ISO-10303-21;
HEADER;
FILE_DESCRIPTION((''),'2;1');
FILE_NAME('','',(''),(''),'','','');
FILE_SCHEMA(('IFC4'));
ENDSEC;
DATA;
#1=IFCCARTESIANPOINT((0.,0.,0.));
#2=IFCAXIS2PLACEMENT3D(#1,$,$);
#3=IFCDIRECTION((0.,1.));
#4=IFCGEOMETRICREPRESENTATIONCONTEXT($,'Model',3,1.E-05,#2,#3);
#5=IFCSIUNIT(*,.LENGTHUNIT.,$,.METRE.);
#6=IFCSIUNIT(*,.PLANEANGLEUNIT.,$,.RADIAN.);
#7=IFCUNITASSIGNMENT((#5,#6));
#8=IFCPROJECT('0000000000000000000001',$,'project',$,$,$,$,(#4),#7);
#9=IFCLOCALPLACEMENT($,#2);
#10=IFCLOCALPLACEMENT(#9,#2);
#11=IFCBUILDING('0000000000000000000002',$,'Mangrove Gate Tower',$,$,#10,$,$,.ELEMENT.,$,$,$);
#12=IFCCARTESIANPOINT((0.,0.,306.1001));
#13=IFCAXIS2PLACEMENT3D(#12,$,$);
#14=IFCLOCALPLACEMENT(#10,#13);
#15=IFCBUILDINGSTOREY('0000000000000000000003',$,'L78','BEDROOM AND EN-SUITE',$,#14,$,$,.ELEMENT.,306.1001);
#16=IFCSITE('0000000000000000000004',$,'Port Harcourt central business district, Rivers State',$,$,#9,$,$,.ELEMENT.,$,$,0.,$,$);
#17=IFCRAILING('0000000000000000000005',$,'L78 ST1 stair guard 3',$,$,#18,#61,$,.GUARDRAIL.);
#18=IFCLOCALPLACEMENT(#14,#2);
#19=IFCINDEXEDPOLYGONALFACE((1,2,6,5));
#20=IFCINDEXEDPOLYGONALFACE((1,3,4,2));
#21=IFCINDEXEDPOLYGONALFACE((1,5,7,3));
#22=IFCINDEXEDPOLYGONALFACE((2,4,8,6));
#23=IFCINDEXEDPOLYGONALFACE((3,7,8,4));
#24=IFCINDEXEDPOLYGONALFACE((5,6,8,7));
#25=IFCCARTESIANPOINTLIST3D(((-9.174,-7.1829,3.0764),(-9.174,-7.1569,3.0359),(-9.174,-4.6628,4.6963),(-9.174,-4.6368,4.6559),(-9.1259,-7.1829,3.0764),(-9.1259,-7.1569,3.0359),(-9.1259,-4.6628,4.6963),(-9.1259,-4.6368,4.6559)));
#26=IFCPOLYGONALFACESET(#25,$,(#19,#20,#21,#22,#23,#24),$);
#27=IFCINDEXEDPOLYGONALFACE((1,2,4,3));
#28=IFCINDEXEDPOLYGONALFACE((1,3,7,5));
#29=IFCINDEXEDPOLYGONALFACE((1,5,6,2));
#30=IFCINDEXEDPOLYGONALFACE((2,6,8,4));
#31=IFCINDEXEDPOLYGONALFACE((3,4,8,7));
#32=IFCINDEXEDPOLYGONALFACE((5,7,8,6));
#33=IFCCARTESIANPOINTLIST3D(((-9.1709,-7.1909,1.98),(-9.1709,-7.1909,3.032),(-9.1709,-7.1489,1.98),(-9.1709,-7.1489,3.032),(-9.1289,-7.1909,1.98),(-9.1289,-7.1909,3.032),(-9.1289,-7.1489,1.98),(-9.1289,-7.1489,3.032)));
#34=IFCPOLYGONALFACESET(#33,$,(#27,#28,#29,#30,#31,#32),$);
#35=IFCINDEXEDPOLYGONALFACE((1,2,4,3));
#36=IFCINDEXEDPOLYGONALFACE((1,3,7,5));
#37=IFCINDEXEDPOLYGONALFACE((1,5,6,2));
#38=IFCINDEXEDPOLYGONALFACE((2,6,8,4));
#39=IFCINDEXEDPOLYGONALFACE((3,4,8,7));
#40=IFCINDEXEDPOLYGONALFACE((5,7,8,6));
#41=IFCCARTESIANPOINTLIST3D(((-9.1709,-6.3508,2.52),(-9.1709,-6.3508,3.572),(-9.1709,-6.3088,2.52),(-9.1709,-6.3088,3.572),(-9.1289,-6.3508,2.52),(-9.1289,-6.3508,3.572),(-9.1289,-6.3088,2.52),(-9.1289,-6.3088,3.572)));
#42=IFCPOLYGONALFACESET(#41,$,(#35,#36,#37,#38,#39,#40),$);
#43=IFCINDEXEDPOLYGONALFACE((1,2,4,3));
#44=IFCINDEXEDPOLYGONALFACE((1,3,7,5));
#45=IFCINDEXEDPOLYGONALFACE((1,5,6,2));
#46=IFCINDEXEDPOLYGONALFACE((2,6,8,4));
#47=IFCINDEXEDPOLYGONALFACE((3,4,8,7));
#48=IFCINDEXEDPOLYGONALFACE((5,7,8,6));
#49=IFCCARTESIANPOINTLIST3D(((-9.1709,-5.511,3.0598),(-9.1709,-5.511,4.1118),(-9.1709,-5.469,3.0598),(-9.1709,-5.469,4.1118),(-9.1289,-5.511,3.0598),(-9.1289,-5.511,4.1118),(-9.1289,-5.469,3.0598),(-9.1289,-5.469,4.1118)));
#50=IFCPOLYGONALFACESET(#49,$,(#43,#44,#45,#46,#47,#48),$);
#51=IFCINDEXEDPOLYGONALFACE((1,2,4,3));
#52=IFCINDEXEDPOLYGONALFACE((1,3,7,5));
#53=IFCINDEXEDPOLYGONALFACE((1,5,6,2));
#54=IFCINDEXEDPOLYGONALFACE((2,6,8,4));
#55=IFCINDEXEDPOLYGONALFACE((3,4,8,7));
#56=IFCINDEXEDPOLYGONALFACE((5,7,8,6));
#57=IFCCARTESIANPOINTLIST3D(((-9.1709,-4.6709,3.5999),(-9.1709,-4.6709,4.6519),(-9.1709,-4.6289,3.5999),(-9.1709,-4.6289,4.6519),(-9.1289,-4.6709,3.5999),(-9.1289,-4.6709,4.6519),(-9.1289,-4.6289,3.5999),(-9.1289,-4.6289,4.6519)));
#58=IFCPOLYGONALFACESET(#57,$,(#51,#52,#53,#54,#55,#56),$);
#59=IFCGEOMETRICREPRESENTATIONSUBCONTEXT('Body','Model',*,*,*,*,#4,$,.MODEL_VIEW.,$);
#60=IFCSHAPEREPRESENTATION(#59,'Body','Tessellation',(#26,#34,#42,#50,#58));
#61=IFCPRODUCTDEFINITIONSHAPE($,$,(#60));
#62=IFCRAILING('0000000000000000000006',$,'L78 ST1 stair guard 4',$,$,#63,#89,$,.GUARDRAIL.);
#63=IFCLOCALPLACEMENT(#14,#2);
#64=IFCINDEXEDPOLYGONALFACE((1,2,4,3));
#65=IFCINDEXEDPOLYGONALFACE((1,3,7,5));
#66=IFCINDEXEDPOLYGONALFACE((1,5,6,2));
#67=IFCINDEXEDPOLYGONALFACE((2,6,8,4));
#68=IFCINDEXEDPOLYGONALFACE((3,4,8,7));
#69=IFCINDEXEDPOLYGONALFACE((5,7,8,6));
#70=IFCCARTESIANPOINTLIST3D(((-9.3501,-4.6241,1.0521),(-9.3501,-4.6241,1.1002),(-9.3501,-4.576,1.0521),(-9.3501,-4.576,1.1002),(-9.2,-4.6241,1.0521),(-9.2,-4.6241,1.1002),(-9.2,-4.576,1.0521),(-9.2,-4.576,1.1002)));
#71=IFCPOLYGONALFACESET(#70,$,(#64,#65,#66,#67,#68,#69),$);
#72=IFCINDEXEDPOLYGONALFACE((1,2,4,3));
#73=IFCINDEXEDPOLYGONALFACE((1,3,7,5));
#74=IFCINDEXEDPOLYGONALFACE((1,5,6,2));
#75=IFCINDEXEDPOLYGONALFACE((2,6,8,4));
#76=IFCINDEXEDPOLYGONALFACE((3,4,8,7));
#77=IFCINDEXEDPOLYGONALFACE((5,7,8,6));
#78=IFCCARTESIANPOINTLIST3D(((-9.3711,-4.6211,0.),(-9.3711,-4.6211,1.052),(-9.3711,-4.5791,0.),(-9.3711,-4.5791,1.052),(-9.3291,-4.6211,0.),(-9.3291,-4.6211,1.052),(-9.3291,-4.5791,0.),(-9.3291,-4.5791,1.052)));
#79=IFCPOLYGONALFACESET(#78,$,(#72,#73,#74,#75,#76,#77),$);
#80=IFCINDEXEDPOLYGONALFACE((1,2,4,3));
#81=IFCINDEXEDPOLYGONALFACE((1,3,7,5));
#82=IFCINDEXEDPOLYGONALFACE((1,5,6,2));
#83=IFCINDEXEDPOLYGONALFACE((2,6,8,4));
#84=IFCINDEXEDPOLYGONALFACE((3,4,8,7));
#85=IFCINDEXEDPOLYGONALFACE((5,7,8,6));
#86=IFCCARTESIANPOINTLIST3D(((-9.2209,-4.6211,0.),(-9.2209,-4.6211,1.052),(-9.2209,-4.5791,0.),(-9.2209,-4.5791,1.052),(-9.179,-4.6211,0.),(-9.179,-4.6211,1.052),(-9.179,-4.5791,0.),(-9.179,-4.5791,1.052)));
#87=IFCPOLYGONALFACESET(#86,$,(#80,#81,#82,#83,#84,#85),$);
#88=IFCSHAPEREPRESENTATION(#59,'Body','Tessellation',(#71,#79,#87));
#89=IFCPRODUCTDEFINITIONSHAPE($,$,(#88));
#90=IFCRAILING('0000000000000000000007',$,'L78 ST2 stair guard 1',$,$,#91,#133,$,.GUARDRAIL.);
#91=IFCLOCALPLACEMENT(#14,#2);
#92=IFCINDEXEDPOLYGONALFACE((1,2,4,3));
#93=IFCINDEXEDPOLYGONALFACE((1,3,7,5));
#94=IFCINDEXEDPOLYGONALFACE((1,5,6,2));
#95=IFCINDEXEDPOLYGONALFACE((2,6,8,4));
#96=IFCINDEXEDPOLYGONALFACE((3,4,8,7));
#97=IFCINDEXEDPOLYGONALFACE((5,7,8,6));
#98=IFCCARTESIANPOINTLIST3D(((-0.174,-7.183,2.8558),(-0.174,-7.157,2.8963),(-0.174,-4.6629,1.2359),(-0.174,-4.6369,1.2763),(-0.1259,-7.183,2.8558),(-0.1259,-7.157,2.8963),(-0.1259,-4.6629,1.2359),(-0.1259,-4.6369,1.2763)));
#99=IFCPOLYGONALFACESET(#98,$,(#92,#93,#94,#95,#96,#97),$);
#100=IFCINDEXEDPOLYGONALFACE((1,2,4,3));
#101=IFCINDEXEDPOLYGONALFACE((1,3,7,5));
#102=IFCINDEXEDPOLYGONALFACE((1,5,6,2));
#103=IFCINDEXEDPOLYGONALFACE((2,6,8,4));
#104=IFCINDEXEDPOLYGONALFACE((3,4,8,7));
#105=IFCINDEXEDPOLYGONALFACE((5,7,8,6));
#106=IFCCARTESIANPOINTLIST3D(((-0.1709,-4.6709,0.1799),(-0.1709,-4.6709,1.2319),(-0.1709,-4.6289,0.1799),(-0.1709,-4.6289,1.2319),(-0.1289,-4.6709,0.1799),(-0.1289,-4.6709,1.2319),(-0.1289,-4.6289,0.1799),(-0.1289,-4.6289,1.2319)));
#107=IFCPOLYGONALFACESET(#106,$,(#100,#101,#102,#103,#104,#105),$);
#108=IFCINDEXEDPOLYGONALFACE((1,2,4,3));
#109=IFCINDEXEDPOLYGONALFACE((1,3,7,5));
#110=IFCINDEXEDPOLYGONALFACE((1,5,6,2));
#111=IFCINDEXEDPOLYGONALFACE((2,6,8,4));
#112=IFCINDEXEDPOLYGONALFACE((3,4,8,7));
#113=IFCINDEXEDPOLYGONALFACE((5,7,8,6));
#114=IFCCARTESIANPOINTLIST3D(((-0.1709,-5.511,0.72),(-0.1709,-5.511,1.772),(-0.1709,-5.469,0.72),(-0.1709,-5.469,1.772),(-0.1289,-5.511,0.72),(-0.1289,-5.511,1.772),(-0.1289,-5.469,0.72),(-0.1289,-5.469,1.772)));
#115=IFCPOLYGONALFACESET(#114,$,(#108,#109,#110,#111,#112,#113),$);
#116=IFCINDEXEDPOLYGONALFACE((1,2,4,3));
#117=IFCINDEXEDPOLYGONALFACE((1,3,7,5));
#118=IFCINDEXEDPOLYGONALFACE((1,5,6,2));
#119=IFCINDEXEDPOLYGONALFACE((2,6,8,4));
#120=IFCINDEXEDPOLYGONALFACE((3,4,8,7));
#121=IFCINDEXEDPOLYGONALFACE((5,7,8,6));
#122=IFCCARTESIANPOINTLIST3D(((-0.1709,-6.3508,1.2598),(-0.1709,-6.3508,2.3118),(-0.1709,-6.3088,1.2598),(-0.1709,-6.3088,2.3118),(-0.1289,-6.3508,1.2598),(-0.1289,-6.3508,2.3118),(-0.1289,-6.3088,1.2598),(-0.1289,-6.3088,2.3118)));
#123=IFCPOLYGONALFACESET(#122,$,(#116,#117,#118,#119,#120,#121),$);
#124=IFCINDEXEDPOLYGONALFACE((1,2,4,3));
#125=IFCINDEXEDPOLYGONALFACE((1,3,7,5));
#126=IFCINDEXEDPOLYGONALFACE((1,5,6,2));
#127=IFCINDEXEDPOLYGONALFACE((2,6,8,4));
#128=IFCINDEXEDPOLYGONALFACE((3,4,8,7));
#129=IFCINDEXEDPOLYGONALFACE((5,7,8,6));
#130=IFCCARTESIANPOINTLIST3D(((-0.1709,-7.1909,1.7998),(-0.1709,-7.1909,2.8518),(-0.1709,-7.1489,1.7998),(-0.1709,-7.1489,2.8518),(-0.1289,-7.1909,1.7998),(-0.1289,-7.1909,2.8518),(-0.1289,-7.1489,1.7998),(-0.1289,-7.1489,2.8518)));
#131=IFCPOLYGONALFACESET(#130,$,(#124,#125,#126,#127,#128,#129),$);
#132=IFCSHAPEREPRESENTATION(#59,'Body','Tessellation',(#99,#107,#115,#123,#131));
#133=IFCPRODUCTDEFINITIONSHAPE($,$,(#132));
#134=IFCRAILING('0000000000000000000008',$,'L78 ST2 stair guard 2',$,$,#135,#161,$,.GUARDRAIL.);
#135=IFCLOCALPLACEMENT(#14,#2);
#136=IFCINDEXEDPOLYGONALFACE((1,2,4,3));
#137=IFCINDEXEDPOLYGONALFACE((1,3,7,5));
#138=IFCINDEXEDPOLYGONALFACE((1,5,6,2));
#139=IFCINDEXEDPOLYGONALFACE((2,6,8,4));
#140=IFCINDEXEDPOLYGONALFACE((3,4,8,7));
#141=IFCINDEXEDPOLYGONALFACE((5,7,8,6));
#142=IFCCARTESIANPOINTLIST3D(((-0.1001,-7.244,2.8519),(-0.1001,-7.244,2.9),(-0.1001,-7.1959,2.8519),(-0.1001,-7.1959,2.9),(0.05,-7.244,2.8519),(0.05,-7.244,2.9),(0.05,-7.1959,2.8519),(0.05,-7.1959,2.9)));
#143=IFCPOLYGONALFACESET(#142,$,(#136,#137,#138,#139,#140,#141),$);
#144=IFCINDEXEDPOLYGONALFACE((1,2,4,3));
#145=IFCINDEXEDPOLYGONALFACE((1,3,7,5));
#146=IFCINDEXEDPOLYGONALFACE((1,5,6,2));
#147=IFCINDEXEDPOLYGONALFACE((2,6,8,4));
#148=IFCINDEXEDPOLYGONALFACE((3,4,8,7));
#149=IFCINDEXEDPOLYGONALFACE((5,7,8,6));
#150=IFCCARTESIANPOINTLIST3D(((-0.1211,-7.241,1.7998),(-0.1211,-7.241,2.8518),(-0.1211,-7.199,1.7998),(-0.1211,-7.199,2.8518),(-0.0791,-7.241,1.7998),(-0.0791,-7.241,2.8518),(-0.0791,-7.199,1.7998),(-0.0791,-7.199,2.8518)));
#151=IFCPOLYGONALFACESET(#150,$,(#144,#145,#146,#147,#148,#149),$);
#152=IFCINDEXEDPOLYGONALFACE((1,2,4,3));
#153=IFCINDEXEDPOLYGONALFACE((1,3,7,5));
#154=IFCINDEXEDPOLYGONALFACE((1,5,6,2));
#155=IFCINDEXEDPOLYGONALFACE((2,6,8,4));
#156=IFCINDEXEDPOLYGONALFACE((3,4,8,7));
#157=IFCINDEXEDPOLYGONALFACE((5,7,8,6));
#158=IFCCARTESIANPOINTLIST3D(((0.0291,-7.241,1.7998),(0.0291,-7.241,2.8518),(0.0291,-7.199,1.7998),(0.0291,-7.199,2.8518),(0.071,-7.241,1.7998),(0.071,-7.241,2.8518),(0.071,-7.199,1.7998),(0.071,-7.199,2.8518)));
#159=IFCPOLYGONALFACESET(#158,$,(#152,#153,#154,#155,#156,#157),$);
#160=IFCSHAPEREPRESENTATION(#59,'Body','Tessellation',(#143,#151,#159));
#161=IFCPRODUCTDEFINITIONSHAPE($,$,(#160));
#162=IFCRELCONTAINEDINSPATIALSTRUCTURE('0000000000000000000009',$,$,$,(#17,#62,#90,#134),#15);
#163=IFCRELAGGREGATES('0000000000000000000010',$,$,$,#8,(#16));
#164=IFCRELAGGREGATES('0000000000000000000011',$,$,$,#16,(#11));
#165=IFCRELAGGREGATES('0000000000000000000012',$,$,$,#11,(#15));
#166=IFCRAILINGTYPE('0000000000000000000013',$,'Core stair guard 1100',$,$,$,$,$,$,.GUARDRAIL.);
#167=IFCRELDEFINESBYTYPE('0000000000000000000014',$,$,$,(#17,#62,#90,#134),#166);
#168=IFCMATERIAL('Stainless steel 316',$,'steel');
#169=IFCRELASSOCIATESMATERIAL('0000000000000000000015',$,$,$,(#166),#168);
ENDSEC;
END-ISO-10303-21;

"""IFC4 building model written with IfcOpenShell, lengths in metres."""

from ifc_helpers import new_model, si_unit, direction, frame, origin, origin_2d, place, context, subcontext, project, spatial, rectangle, extrude, material, type_object, element, save


model = new_model("IFC4")

# Units and contexts
model_context = context("Model", 3, precision=1e-05, world=origin(), true_north=direction((0.0, 1.0)))
body_context = subcontext(model_context, "Body", "Model", "MODEL_VIEW")
ifc_project = project(units=[si_unit("LENGTHUNIT", "METRE"), si_unit("PLANEANGLEUNIT", "RADIAN")], contexts=[model_context])

# Site, building, storey
site_placement = place(None, origin())
site = spatial("IfcSite", under=ifc_project, at=site_placement, Name="Port Harcourt central business district, Rivers State", CompositionType="ELEMENT", RefElevation=0.0)
building_placement = place(site_placement, origin())
building = spatial("IfcBuilding", under=site, at=building_placement, Name="Mangrove Gate Tower", CompositionType="ELEMENT")
storey_placement = place(building_placement, frame((0.0, 0.0, 306.1001)))
storey = spatial("IfcBuildingStorey", under=building, at=storey_placement, Name="L78", Description="BEDROOM AND EN-SUITE", CompositionType="ELEMENT", Elevation=306.1001)

# Railings
ifc_material_1 = material(Name="Stainless steel 316", Category="steel")
railing_type_1 = type_object("IfcRailingType", Name="Core stair guard 1100", PredefinedType="GUARDRAIL", material=ifc_material_1)
railing_1_placement = place(storey_placement, frame((-9.1499, -7.1699, 1.98)))
element("IfcRailing", 1, at=railing_1_placement, inside=storey, type_object=railing_type_1, Name="L78 ST1 stair guard 3", PredefinedType="GUARDRAIL", context=body_context, shape_type="SweptSolid", body=[
    extrude(rectangle(XDim=0.0481, YDim=0.0481, at=origin_2d()), frame((0.0, 0.0, 1.0762), z_axis=(0.0, 0.8412, 0.540725), x_axis=(-1.0, 0.0, 0.0)), (0.0, 0.0, 1.0), 2.9958),
    extrude(rectangle(XDim=0.042, YDim=0.042, at=origin_2d()), origin(), (0.0, 0.0, 1.0), 1.052),
    extrude(rectangle(XDim=0.042, YDim=0.042, at=origin_2d()), frame((0.0, 0.8401, 0.54)), (0.0, 0.0, 1.0), 1.052),
    extrude(rectangle(XDim=0.042, YDim=0.042, at=origin_2d()), frame((0.0, 1.6799, 1.0798)), (0.0, 0.0, 1.0), 1.052),
    extrude(rectangle(XDim=0.042, YDim=0.042, at=origin_2d()), frame((0.0, 2.52, 1.6199)), (0.0, 0.0, 1.0), 1.052),
])
railing_2_placement = place(storey_placement, frame((-9.3501, -4.6001, 0.0)))
element("IfcRailing", 2, at=railing_2_placement, inside=storey, type_object=railing_type_1, Name="L78 ST1 stair guard 4", PredefinedType="GUARDRAIL", context=body_context, shape_type="SweptSolid", body=[
    extrude(rectangle(XDim=0.0481, YDim=0.0481, at=origin_2d()), frame((0.0, 0.0, 1.0762), z_axis=(1.0, 0.0, 0.0), x_axis=(0.0, 1.0, 0.0)), (0.0, 0.0, 1.0), 0.1501),
    extrude(rectangle(XDim=0.042, YDim=0.042, at=origin_2d()), origin(), (0.0, 0.0, 1.0), 1.052),
    extrude(rectangle(XDim=0.042, YDim=0.042, at=origin_2d()), frame((0.1501, 0.0, 0.0)), (0.0, 0.0, 1.0), 1.052),
])
railing_3_placement = place(storey_placement, frame((-0.1499, -4.6499, 0.1799)))
element("IfcRailing", 3, at=railing_3_placement, inside=storey, type_object=railing_type_1, Name="L78 ST2 stair guard 1", PredefinedType="GUARDRAIL", context=body_context, shape_type="SweptSolid", body=[
    extrude(rectangle(XDim=0.0481, YDim=0.0481, at=origin_2d()), frame((0.0, 0.0, 1.0762), z_axis=(0.0, -0.8412, 0.540725), x_axis=(1.0, 0.0, 0.0)), (0.0, 0.0, 1.0), 2.9958),
    extrude(rectangle(XDim=0.042, YDim=0.042, at=origin_2d()), origin(), (0.0, 0.0, 1.0), 1.052),
    extrude(rectangle(XDim=0.042, YDim=0.042, at=origin_2d()), frame((0.0, -0.8401, 0.54)), (0.0, 0.0, 1.0), 1.052),
    extrude(rectangle(XDim=0.042, YDim=0.042, at=origin_2d()), frame((0.0, -1.6799, 1.0798)), (0.0, 0.0, 1.0), 1.052),
    extrude(rectangle(XDim=0.042, YDim=0.042, at=origin_2d()), frame((0.0, -2.52, 1.6199)), (0.0, 0.0, 1.0), 1.052),
])
railing_4_placement = place(storey_placement, frame((-0.1001, -7.22, 1.7998)))
element("IfcRailing", 4, at=railing_4_placement, inside=storey, type_object=railing_type_1, Name="L78 ST2 stair guard 2", PredefinedType="GUARDRAIL", context=body_context, shape_type="SweptSolid", body=[
    extrude(rectangle(XDim=0.0481, YDim=0.0481, at=origin_2d()), frame((0.0, 0.0, 1.0762), z_axis=(1.0, 0.0, 0.0), x_axis=(0.0, 1.0, 0.0)), (0.0, 0.0, 1.0), 0.1501),
    extrude(rectangle(XDim=0.042, YDim=0.042, at=origin_2d()), origin(), (0.0, 0.0, 1.0), 1.052),
    extrude(rectangle(XDim=0.042, YDim=0.042, at=origin_2d()), frame((0.1501, 0.0, 0.0)), (0.0, 0.0, 1.0), 1.052),
])

save(model, "model.ifc")
